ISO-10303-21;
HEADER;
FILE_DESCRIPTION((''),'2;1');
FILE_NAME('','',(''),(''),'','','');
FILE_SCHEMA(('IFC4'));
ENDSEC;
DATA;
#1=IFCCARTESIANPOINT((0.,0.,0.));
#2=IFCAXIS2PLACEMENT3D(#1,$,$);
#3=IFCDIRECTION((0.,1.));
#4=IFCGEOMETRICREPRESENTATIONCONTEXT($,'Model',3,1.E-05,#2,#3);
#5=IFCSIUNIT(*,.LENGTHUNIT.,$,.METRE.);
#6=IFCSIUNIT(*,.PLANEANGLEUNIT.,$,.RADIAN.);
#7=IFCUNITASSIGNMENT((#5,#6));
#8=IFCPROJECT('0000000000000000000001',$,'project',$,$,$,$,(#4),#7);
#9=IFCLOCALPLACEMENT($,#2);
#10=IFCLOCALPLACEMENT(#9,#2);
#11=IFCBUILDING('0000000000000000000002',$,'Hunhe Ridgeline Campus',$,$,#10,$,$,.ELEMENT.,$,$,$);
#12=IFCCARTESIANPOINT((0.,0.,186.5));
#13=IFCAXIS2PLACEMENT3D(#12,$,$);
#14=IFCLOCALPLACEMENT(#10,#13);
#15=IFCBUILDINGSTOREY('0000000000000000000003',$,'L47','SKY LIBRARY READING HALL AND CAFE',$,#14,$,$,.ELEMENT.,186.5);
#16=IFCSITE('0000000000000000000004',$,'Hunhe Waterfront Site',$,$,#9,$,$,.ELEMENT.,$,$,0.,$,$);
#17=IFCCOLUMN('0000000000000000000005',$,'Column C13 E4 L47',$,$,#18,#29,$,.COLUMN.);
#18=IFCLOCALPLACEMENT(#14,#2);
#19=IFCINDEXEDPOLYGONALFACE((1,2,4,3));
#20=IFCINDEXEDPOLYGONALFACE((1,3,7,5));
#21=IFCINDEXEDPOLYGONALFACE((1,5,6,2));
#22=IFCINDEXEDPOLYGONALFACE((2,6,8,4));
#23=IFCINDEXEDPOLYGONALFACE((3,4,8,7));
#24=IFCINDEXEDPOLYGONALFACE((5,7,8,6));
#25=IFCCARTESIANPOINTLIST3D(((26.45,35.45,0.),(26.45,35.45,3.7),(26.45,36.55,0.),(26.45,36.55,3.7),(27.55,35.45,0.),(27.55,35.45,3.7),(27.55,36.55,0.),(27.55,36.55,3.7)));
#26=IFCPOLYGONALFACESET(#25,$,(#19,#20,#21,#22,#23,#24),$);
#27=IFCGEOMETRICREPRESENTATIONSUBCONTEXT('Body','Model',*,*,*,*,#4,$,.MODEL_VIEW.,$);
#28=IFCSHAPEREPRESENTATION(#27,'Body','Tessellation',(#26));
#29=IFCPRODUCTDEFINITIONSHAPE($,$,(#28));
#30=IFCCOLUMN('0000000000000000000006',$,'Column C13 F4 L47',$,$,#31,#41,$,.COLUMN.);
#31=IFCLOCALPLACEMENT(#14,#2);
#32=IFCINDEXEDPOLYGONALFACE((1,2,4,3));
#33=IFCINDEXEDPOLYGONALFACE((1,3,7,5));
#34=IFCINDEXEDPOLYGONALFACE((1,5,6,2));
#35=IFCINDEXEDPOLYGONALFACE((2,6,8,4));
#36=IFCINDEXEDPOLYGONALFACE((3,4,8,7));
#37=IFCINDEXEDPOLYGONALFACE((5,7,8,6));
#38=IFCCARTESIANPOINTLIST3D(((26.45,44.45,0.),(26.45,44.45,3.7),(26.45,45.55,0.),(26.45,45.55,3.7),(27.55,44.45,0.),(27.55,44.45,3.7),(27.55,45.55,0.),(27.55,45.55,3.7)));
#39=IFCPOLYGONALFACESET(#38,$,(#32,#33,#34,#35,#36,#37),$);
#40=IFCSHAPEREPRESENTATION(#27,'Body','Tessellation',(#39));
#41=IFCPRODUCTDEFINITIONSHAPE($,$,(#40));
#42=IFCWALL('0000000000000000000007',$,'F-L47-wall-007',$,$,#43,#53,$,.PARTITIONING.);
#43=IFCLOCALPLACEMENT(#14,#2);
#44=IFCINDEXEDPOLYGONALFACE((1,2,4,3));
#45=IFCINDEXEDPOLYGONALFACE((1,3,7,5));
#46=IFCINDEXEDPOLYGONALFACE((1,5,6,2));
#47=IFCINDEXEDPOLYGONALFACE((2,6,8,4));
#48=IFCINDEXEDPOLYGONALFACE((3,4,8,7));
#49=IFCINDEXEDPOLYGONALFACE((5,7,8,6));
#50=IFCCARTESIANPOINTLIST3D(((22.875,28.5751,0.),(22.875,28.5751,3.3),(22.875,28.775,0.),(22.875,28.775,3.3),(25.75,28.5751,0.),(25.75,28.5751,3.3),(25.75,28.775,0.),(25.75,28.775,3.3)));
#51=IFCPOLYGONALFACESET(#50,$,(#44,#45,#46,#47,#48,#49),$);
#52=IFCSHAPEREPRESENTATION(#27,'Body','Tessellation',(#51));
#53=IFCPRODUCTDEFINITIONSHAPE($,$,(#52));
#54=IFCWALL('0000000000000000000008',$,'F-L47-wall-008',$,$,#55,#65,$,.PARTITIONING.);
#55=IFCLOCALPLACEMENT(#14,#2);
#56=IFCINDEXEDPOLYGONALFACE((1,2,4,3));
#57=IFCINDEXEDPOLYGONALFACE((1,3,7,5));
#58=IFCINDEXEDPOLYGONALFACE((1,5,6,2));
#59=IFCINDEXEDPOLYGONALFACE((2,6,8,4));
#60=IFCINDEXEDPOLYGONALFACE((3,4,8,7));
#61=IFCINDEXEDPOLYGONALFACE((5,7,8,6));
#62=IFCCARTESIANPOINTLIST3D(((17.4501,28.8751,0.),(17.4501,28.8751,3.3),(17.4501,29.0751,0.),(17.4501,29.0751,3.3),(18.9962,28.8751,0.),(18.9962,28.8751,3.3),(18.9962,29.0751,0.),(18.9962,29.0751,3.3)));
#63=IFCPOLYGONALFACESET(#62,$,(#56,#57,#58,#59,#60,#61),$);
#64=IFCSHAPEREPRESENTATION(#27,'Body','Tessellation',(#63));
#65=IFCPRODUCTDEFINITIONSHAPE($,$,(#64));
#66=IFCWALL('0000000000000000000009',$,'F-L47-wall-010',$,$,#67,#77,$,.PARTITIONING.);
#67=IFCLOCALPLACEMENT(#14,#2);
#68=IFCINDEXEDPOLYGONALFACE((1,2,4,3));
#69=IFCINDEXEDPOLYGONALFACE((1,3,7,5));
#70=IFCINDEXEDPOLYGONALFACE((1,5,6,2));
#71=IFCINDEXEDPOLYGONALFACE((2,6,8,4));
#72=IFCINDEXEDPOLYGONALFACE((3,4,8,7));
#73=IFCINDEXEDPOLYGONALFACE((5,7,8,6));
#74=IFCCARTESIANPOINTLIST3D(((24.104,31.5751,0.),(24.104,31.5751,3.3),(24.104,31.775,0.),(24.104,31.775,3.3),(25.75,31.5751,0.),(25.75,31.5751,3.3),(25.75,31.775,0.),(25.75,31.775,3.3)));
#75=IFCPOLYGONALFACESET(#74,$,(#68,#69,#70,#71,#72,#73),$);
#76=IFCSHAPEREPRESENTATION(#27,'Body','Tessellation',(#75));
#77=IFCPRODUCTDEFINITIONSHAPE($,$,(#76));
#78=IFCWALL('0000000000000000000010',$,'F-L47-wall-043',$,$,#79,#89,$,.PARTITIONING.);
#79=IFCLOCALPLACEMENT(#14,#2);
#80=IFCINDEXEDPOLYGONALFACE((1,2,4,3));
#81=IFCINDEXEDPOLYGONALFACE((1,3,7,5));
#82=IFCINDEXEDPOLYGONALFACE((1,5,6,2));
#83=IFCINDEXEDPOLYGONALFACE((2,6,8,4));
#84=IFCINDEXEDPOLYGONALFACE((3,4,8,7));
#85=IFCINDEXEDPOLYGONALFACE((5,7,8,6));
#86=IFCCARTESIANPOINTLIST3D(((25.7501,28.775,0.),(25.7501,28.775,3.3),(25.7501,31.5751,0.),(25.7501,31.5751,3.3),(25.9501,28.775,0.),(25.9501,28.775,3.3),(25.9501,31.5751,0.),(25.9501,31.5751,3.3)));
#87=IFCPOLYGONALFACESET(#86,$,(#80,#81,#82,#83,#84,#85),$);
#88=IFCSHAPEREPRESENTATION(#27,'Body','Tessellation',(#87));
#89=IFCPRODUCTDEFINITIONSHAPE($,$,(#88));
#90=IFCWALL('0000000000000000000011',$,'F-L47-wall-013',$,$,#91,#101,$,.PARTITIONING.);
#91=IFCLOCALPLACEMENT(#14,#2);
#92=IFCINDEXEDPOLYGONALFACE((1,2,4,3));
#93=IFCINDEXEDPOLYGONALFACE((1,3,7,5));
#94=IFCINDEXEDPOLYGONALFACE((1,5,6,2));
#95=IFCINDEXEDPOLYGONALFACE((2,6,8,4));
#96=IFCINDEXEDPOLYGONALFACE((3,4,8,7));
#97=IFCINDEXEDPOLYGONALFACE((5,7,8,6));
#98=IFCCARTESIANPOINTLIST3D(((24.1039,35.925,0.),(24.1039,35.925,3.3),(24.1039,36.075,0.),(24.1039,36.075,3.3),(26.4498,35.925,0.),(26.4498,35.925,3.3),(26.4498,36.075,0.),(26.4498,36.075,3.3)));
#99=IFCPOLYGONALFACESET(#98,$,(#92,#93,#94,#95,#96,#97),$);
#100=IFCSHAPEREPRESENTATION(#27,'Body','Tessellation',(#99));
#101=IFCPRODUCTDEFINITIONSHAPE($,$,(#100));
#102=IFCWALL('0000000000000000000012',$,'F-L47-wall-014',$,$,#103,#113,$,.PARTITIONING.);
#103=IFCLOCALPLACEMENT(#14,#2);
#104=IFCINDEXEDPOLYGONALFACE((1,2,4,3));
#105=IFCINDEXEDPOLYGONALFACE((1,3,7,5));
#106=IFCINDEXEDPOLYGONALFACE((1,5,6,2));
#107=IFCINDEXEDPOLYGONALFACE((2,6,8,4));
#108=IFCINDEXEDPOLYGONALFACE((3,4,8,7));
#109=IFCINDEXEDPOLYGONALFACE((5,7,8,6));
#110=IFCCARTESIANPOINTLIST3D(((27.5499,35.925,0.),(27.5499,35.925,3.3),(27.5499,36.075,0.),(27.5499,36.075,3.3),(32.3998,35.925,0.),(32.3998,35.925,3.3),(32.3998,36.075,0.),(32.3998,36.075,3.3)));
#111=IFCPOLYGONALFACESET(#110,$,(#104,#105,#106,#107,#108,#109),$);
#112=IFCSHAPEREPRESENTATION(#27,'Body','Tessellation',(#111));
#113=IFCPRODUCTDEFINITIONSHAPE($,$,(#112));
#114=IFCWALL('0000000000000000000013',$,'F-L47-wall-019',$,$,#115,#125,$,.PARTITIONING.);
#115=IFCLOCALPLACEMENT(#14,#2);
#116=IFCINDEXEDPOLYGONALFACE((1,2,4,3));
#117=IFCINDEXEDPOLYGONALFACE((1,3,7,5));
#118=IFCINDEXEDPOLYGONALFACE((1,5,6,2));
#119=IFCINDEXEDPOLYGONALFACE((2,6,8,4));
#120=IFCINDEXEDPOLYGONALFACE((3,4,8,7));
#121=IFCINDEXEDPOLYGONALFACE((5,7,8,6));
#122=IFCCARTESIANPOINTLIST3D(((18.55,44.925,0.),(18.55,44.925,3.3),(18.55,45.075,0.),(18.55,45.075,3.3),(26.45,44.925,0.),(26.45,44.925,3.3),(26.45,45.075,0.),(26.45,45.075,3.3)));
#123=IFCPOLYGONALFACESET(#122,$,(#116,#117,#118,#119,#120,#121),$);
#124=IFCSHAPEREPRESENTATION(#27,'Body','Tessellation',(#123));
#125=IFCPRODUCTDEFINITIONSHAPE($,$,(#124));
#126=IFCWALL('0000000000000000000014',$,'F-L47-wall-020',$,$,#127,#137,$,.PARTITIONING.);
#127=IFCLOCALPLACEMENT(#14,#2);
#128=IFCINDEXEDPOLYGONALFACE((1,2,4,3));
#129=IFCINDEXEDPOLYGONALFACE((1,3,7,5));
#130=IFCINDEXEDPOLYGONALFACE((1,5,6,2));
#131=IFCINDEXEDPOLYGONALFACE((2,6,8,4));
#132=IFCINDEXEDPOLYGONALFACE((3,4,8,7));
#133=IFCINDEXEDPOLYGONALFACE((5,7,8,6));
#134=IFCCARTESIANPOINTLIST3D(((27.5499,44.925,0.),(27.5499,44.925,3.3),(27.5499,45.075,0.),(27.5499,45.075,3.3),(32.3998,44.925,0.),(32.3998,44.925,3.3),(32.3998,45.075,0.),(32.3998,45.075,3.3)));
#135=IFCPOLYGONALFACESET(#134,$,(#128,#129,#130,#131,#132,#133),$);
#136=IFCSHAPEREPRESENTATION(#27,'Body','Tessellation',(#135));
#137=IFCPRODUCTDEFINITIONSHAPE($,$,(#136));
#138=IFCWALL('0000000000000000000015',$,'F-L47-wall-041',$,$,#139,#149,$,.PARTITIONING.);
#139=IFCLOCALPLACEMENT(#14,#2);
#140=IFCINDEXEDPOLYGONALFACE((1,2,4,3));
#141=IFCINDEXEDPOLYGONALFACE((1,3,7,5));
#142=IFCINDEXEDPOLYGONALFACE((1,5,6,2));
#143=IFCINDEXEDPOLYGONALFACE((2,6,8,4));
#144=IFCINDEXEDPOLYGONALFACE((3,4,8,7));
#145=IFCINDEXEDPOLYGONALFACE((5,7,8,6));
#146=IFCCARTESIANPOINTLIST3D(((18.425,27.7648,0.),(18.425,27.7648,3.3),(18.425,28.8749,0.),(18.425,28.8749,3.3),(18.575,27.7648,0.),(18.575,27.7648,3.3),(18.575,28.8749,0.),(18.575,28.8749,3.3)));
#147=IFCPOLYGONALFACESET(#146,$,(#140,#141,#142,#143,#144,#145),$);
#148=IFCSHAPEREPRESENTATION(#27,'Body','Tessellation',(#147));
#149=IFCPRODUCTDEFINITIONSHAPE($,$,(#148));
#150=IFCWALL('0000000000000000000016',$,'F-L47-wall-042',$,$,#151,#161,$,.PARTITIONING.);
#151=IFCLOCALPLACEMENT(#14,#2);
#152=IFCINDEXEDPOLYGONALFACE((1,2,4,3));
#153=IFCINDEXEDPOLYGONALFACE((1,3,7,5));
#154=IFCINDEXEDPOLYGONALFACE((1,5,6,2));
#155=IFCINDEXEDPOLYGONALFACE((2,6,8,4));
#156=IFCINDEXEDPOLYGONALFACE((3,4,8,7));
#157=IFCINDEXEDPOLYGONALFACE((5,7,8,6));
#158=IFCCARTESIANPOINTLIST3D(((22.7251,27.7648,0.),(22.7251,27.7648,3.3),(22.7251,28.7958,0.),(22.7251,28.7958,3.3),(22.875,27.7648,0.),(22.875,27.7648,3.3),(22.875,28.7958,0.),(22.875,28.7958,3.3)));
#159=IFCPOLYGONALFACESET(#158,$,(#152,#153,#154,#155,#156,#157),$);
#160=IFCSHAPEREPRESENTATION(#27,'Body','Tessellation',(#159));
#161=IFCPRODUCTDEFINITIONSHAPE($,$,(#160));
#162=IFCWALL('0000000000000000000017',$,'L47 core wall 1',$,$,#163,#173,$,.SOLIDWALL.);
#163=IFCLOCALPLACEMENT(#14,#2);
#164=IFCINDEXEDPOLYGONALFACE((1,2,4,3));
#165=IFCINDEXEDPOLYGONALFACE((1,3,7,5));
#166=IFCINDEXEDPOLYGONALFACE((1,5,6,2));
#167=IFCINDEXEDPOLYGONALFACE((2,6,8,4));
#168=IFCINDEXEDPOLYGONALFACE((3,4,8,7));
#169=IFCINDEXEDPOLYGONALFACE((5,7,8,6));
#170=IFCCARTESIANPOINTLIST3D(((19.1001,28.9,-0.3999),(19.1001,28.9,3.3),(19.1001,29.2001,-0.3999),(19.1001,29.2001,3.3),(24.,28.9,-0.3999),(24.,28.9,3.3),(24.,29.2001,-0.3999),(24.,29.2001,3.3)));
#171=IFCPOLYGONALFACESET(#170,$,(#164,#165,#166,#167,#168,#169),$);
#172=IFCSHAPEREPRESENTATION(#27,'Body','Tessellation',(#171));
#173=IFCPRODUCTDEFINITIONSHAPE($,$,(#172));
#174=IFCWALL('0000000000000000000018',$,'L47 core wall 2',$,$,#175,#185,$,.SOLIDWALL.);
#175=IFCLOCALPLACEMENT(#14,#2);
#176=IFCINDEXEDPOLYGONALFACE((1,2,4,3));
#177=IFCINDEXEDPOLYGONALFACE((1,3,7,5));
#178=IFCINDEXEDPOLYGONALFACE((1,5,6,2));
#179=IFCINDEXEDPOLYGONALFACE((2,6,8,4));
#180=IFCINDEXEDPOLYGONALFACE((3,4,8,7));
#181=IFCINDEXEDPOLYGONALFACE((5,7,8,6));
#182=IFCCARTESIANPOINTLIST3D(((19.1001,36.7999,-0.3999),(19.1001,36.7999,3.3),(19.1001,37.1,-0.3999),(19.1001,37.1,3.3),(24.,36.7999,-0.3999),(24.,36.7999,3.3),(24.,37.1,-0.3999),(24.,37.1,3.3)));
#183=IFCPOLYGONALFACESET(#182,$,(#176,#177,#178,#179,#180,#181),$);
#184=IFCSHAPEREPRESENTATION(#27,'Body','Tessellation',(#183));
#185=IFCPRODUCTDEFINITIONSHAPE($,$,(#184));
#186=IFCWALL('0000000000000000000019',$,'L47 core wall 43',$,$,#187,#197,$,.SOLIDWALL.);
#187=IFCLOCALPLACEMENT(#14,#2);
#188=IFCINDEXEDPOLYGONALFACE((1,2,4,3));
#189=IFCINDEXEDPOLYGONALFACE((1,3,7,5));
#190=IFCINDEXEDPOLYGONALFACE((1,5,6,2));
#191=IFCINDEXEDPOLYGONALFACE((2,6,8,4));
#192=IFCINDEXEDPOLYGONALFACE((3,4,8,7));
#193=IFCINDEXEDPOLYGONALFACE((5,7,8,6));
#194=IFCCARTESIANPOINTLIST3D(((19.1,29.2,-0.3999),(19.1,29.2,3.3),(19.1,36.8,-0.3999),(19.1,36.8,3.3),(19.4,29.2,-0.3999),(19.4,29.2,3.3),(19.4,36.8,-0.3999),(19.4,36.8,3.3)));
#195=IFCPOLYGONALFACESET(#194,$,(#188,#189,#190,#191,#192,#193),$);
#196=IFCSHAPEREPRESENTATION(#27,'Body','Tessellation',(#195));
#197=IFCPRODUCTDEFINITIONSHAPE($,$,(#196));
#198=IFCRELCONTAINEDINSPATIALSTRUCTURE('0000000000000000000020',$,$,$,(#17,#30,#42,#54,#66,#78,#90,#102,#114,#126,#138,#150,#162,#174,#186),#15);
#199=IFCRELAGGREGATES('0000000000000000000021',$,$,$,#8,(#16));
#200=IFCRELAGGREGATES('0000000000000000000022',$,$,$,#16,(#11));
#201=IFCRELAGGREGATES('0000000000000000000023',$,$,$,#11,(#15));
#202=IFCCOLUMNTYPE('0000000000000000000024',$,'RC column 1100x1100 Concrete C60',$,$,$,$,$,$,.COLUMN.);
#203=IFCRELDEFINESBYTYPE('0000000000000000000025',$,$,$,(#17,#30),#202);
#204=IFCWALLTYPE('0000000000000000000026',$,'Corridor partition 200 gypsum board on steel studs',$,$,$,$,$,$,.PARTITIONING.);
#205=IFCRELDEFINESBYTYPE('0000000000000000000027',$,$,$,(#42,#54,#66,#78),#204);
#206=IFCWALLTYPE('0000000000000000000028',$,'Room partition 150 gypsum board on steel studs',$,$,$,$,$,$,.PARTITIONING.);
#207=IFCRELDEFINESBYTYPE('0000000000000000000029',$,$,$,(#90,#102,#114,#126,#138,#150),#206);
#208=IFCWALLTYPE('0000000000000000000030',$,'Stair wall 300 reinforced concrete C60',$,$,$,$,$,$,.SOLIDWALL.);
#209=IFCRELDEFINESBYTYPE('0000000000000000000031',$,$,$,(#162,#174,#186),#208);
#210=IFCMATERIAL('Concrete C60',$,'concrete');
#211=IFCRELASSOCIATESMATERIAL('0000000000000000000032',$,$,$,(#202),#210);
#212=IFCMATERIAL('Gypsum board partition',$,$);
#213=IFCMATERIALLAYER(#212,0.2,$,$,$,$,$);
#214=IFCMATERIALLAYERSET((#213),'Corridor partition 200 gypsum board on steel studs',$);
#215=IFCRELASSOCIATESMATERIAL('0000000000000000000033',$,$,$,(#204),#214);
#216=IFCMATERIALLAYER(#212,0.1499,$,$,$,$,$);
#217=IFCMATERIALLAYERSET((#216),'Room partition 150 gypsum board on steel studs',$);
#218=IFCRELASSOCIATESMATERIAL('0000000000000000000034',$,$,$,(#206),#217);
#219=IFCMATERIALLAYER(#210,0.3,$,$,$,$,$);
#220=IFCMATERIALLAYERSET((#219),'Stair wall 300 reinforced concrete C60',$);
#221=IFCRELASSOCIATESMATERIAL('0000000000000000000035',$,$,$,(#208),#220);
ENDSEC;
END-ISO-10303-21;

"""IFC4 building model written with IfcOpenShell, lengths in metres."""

from ifc_helpers import new_model, si_unit, direction, frame, frame_2d, origin, origin_2d, place, context, subcontext, project, spatial, rectangle, extrude, material, layer, layer_set, material_profile, profile_set, type_object, element, save


model = new_model("IFC4")

# Units and contexts
model_context = context("Model", 3, precision=1e-05, world=origin(), true_north=direction((0.0, 1.0)))
body_context = subcontext(model_context, "Body", "Model", "MODEL_VIEW")
ifc_project = project(units=[si_unit("LENGTHUNIT", "METRE"), si_unit("PLANEANGLEUNIT", "RADIAN")], contexts=[model_context])

# Site, building, storey
site_placement = place(None, origin())
site = spatial("IfcSite", under=ifc_project, at=site_placement, Name="Hunhe Waterfront Site", CompositionType="ELEMENT", RefElevation=0.0)
building_placement = place(site_placement, origin())
building = spatial("IfcBuilding", under=site, at=building_placement, Name="Hunhe Ridgeline Campus", CompositionType="ELEMENT")
storey_placement = place(building_placement, frame((0.0, 0.0, 186.5)))
storey = spatial("IfcBuildingStorey", under=building, at=storey_placement, Name="L47", Description="SKY LIBRARY READING HALL AND CAFE", CompositionType="ELEMENT", Elevation=186.5)

# Columns
ifc_material_1 = material(Name="Concrete C60", Category="concrete")
ifc_material_profile = material_profile(ifc_material_1, rectangle(XDim=1.1001, YDim=1.1001, at=origin_2d()))
ifc_profile_set = profile_set([ifc_material_profile], Name="Concrete C60")
column_type = type_object("IfcColumnType", Name="RC column 1100x1100 Concrete C60", PredefinedType="COLUMN", material=ifc_profile_set)
for number, where, z_axis, x_axis, name in (
    (1, (27.0, 36.0, 0.0), (0.0, 0.0, 1.0), (1.0, 0.0, 0.0), "Column C13 E4 L47"),
    (2, (27.0, 45.0, 0.0), (0.0, 0.0, 1.0), (1.0, 0.0, 0.0), "Column C13 F4 L47"),
):
    element("IfcColumn", number, at=place(storey_placement, frame(where, z_axis=z_axis, x_axis=x_axis)), inside=storey, type_object=column_type, Name=name, PredefinedType="COLUMN", context=body_context, shape_type="SweptSolid", body=[
        extrude(rectangle(XDim=1.1001, YDim=1.1001, at=origin_2d()), origin(), (0.0, 0.0, 1.0), 3.7),
    ])

# Walls
ifc_material_2 = material(Name="Gypsum board partition")
ifc_layer_1 = layer(ifc_material_2, 0.2)
ifc_layer_set_1 = layer_set([ifc_layer_1], Name="Corridor partition 200 gypsum board on steel studs")
wall_type_1 = type_object("IfcWallType", Name="Corridor partition 200 gypsum board on steel studs", PredefinedType="PARTITIONING", material=ifc_layer_set_1)
wall_1_placement = place(storey_placement, frame((25.75, 28.675, 0.0), z_axis=(0.0, 0.0, 1.0), x_axis=(-1.0, 0.0, 0.0)))
element("IfcWall", 3, at=wall_1_placement, inside=storey, type_object=wall_type_1, Name="F-L47-wall-007", PredefinedType="PARTITIONING", context=body_context, shape_type="SweptSolid", body=[
    extrude(rectangle(XDim=2.875, YDim=0.2, at=frame_2d((1.4375, 0.0))), origin(), (0.0, 0.0, 1.0), 3.3),
])
wall_2_placement = place(storey_placement, frame((18.9961, 28.9751, 0.0), z_axis=(0.0, 0.0, 1.0), x_axis=(-1.0, 0.0, 0.0)))
element("IfcWall", 4, at=wall_2_placement, inside=storey, type_object=wall_type_1, Name="F-L47-wall-008", PredefinedType="PARTITIONING", context=body_context, shape_type="SweptSolid", body=[
    extrude(rectangle(XDim=1.5461, YDim=0.2, at=frame_2d((0.7729, 0.0))), origin(), (0.0, 0.0, 1.0), 3.3),
])
wall_3_placement = place(storey_placement, frame((24.104, 31.675, 0.0), z_axis=(0.0, 0.0, 1.0), x_axis=(1.0, 0.0, 0.0)))
element("IfcWall", 5, at=wall_3_placement, inside=storey, type_object=wall_type_1, Name="F-L47-wall-010", PredefinedType="PARTITIONING", context=body_context, shape_type="SweptSolid", body=[
    extrude(rectangle(XDim=1.646, YDim=0.2, at=frame_2d((0.823, 0.0))), origin(), (0.0, 0.0, 1.0), 3.3),
])
wall_4_placement = place(storey_placement, frame((25.8501, 31.575, 0.0), z_axis=(0.0, 0.0, 1.0), x_axis=(0.0, -1.0, 0.0)))
element("IfcWall", 6, at=wall_4_placement, inside=storey, type_object=wall_type_1, Name="F-L47-wall-043", PredefinedType="PARTITIONING", context=body_context, shape_type="SweptSolid", body=[
    extrude(rectangle(XDim=2.8, YDim=0.2, at=frame_2d((1.3999, 0.0))), origin(), (0.0, 0.0, 1.0), 3.3),
])
ifc_layer_2 = layer(ifc_material_2, 0.1499)
ifc_layer_set_2 = layer_set([ifc_layer_2], Name="Room partition 150 gypsum board on steel studs")
wall_type_2 = type_object("IfcWallType", Name="Room partition 150 gypsum board on steel studs", PredefinedType="PARTITIONING", material=ifc_layer_set_2)
wall_5_placement = place(storey_placement, frame((24.104, 36.0, 0.0), z_axis=(0.0, 0.0, 1.0), x_axis=(1.0, 0.0, 0.0)))
element("IfcWall", 7, at=wall_5_placement, inside=storey, type_object=wall_type_2, Name="F-L47-wall-013", PredefinedType="PARTITIONING", context=body_context, shape_type="SweptSolid", body=[
    extrude(rectangle(XDim=2.3459, YDim=0.1499, at=frame_2d((1.1729, 0.0))), origin(), (0.0, 0.0, 1.0), 3.3),
])
wall_6_placement = place(storey_placement, frame((27.55, 36.0, 0.0), z_axis=(0.0, 0.0, 1.0), x_axis=(1.0, 0.0, 0.0)))
element("IfcWall", 8, at=wall_6_placement, inside=storey, type_object=wall_type_2, Name="F-L47-wall-014", PredefinedType="PARTITIONING", context=body_context, shape_type="SweptSolid", body=[
    extrude(rectangle(XDim=4.8499, YDim=0.1499, at=frame_2d((2.4248, 0.0))), origin(), (0.0, 0.0, 1.0), 3.3),
])
wall_7_placement = place(storey_placement, frame((18.55, 45.0, 0.0), z_axis=(0.0, 0.0, 1.0), x_axis=(1.0, 0.0, 0.0)))
element("IfcWall", 9, at=wall_7_placement, inside=storey, type_object=wall_type_2, Name="F-L47-wall-019", PredefinedType="PARTITIONING", context=body_context, shape_type="SweptSolid", body=[
    extrude(rectangle(XDim=7.8999, YDim=0.1499, at=frame_2d((3.95, 0.0))), origin(), (0.0, 0.0, 1.0), 3.3),
])
wall_8_placement = place(storey_placement, frame((27.55, 45.0, 0.0), z_axis=(0.0, 0.0, 1.0), x_axis=(1.0, 0.0, 0.0)))
element("IfcWall", 10, at=wall_8_placement, inside=storey, type_object=wall_type_2, Name="F-L47-wall-020", PredefinedType="PARTITIONING", context=body_context, shape_type="SweptSolid", body=[
    extrude(rectangle(XDim=4.8499, YDim=0.1499, at=frame_2d((2.4248, 0.0))), origin(), (0.0, 0.0, 1.0), 3.3),
])
wall_9_placement = place(storey_placement, frame((18.5, 28.875, 0.0), z_axis=(0.0, 0.0, 1.0), x_axis=(0.0, -1.0, 0.0)))
element("IfcWall", 11, at=wall_9_placement, inside=storey, type_object=wall_type_2, Name="F-L47-wall-041", PredefinedType="PARTITIONING", context=body_context, shape_type="SweptSolid", body=[
    extrude(rectangle(XDim=1.1101, YDim=0.1499, at=frame_2d((0.5552, 0.0))), origin(), (0.0, 0.0, 1.0), 3.3),
])
wall_10_placement = place(storey_placement, frame((22.8, 28.7959, 0.0), z_axis=(0.0, 0.0, 1.0), x_axis=(0.0, -1.0, 0.0)))
element("IfcWall", 12, at=wall_10_placement, inside=storey, type_object=wall_type_2, Name="F-L47-wall-042", PredefinedType="PARTITIONING", context=body_context, shape_type="SweptSolid", body=[
    extrude(rectangle(XDim=1.031, YDim=0.1499, at=frame_2d((0.5156, 0.0))), origin(), (0.0, 0.0, 1.0), 3.3),
])
ifc_layer_3 = layer(ifc_material_1, 0.3)
ifc_layer_set_3 = layer_set([ifc_layer_3], Name="Stair wall 300 reinforced concrete C60")
wall_type_3 = type_object("IfcWallType", Name="Stair wall 300 reinforced concrete C60", PredefinedType="SOLIDWALL", material=ifc_layer_set_3)
for number, where, z_axis, x_axis, name in (
    (13, (19.1001, 29.05, -0.3999), (0.0, 0.0, 1.0), (1.0, 0.0, 0.0), "L47 core wall 1"),
    (14, (19.1001, 36.95, -0.3999), (0.0, 0.0, 1.0), (1.0, 0.0, 0.0), "L47 core wall 2"),
):
    element("IfcWall", number, at=place(storey_placement, frame(where, z_axis=z_axis, x_axis=x_axis)), inside=storey, type_object=wall_type_3, Name=name, PredefinedType="SOLIDWALL", context=body_context, shape_type="SweptSolid", body=[
        extrude(rectangle(XDim=4.8999, YDim=0.3, at=frame_2d((2.45, 0.0))), origin(), (0.0, 0.0, 1.0), 3.7),
    ])
wall_11_placement = place(storey_placement, frame((19.25, 29.2, -0.3999), z_axis=(0.0, 0.0, 1.0), x_axis=(0.0, 1.0, 0.0)))
element("IfcWall", 15, at=wall_11_placement, inside=storey, type_object=wall_type_3, Name="L47 core wall 43", PredefinedType="SOLIDWALL", context=body_context, shape_type="SweptSolid", body=[
    extrude(rectangle(XDim=7.6001, YDim=0.3, at=frame_2d((3.8, 0.0))), origin(), (0.0, 0.0, 1.0), 3.7),
])

save(model, "model.ifc")
